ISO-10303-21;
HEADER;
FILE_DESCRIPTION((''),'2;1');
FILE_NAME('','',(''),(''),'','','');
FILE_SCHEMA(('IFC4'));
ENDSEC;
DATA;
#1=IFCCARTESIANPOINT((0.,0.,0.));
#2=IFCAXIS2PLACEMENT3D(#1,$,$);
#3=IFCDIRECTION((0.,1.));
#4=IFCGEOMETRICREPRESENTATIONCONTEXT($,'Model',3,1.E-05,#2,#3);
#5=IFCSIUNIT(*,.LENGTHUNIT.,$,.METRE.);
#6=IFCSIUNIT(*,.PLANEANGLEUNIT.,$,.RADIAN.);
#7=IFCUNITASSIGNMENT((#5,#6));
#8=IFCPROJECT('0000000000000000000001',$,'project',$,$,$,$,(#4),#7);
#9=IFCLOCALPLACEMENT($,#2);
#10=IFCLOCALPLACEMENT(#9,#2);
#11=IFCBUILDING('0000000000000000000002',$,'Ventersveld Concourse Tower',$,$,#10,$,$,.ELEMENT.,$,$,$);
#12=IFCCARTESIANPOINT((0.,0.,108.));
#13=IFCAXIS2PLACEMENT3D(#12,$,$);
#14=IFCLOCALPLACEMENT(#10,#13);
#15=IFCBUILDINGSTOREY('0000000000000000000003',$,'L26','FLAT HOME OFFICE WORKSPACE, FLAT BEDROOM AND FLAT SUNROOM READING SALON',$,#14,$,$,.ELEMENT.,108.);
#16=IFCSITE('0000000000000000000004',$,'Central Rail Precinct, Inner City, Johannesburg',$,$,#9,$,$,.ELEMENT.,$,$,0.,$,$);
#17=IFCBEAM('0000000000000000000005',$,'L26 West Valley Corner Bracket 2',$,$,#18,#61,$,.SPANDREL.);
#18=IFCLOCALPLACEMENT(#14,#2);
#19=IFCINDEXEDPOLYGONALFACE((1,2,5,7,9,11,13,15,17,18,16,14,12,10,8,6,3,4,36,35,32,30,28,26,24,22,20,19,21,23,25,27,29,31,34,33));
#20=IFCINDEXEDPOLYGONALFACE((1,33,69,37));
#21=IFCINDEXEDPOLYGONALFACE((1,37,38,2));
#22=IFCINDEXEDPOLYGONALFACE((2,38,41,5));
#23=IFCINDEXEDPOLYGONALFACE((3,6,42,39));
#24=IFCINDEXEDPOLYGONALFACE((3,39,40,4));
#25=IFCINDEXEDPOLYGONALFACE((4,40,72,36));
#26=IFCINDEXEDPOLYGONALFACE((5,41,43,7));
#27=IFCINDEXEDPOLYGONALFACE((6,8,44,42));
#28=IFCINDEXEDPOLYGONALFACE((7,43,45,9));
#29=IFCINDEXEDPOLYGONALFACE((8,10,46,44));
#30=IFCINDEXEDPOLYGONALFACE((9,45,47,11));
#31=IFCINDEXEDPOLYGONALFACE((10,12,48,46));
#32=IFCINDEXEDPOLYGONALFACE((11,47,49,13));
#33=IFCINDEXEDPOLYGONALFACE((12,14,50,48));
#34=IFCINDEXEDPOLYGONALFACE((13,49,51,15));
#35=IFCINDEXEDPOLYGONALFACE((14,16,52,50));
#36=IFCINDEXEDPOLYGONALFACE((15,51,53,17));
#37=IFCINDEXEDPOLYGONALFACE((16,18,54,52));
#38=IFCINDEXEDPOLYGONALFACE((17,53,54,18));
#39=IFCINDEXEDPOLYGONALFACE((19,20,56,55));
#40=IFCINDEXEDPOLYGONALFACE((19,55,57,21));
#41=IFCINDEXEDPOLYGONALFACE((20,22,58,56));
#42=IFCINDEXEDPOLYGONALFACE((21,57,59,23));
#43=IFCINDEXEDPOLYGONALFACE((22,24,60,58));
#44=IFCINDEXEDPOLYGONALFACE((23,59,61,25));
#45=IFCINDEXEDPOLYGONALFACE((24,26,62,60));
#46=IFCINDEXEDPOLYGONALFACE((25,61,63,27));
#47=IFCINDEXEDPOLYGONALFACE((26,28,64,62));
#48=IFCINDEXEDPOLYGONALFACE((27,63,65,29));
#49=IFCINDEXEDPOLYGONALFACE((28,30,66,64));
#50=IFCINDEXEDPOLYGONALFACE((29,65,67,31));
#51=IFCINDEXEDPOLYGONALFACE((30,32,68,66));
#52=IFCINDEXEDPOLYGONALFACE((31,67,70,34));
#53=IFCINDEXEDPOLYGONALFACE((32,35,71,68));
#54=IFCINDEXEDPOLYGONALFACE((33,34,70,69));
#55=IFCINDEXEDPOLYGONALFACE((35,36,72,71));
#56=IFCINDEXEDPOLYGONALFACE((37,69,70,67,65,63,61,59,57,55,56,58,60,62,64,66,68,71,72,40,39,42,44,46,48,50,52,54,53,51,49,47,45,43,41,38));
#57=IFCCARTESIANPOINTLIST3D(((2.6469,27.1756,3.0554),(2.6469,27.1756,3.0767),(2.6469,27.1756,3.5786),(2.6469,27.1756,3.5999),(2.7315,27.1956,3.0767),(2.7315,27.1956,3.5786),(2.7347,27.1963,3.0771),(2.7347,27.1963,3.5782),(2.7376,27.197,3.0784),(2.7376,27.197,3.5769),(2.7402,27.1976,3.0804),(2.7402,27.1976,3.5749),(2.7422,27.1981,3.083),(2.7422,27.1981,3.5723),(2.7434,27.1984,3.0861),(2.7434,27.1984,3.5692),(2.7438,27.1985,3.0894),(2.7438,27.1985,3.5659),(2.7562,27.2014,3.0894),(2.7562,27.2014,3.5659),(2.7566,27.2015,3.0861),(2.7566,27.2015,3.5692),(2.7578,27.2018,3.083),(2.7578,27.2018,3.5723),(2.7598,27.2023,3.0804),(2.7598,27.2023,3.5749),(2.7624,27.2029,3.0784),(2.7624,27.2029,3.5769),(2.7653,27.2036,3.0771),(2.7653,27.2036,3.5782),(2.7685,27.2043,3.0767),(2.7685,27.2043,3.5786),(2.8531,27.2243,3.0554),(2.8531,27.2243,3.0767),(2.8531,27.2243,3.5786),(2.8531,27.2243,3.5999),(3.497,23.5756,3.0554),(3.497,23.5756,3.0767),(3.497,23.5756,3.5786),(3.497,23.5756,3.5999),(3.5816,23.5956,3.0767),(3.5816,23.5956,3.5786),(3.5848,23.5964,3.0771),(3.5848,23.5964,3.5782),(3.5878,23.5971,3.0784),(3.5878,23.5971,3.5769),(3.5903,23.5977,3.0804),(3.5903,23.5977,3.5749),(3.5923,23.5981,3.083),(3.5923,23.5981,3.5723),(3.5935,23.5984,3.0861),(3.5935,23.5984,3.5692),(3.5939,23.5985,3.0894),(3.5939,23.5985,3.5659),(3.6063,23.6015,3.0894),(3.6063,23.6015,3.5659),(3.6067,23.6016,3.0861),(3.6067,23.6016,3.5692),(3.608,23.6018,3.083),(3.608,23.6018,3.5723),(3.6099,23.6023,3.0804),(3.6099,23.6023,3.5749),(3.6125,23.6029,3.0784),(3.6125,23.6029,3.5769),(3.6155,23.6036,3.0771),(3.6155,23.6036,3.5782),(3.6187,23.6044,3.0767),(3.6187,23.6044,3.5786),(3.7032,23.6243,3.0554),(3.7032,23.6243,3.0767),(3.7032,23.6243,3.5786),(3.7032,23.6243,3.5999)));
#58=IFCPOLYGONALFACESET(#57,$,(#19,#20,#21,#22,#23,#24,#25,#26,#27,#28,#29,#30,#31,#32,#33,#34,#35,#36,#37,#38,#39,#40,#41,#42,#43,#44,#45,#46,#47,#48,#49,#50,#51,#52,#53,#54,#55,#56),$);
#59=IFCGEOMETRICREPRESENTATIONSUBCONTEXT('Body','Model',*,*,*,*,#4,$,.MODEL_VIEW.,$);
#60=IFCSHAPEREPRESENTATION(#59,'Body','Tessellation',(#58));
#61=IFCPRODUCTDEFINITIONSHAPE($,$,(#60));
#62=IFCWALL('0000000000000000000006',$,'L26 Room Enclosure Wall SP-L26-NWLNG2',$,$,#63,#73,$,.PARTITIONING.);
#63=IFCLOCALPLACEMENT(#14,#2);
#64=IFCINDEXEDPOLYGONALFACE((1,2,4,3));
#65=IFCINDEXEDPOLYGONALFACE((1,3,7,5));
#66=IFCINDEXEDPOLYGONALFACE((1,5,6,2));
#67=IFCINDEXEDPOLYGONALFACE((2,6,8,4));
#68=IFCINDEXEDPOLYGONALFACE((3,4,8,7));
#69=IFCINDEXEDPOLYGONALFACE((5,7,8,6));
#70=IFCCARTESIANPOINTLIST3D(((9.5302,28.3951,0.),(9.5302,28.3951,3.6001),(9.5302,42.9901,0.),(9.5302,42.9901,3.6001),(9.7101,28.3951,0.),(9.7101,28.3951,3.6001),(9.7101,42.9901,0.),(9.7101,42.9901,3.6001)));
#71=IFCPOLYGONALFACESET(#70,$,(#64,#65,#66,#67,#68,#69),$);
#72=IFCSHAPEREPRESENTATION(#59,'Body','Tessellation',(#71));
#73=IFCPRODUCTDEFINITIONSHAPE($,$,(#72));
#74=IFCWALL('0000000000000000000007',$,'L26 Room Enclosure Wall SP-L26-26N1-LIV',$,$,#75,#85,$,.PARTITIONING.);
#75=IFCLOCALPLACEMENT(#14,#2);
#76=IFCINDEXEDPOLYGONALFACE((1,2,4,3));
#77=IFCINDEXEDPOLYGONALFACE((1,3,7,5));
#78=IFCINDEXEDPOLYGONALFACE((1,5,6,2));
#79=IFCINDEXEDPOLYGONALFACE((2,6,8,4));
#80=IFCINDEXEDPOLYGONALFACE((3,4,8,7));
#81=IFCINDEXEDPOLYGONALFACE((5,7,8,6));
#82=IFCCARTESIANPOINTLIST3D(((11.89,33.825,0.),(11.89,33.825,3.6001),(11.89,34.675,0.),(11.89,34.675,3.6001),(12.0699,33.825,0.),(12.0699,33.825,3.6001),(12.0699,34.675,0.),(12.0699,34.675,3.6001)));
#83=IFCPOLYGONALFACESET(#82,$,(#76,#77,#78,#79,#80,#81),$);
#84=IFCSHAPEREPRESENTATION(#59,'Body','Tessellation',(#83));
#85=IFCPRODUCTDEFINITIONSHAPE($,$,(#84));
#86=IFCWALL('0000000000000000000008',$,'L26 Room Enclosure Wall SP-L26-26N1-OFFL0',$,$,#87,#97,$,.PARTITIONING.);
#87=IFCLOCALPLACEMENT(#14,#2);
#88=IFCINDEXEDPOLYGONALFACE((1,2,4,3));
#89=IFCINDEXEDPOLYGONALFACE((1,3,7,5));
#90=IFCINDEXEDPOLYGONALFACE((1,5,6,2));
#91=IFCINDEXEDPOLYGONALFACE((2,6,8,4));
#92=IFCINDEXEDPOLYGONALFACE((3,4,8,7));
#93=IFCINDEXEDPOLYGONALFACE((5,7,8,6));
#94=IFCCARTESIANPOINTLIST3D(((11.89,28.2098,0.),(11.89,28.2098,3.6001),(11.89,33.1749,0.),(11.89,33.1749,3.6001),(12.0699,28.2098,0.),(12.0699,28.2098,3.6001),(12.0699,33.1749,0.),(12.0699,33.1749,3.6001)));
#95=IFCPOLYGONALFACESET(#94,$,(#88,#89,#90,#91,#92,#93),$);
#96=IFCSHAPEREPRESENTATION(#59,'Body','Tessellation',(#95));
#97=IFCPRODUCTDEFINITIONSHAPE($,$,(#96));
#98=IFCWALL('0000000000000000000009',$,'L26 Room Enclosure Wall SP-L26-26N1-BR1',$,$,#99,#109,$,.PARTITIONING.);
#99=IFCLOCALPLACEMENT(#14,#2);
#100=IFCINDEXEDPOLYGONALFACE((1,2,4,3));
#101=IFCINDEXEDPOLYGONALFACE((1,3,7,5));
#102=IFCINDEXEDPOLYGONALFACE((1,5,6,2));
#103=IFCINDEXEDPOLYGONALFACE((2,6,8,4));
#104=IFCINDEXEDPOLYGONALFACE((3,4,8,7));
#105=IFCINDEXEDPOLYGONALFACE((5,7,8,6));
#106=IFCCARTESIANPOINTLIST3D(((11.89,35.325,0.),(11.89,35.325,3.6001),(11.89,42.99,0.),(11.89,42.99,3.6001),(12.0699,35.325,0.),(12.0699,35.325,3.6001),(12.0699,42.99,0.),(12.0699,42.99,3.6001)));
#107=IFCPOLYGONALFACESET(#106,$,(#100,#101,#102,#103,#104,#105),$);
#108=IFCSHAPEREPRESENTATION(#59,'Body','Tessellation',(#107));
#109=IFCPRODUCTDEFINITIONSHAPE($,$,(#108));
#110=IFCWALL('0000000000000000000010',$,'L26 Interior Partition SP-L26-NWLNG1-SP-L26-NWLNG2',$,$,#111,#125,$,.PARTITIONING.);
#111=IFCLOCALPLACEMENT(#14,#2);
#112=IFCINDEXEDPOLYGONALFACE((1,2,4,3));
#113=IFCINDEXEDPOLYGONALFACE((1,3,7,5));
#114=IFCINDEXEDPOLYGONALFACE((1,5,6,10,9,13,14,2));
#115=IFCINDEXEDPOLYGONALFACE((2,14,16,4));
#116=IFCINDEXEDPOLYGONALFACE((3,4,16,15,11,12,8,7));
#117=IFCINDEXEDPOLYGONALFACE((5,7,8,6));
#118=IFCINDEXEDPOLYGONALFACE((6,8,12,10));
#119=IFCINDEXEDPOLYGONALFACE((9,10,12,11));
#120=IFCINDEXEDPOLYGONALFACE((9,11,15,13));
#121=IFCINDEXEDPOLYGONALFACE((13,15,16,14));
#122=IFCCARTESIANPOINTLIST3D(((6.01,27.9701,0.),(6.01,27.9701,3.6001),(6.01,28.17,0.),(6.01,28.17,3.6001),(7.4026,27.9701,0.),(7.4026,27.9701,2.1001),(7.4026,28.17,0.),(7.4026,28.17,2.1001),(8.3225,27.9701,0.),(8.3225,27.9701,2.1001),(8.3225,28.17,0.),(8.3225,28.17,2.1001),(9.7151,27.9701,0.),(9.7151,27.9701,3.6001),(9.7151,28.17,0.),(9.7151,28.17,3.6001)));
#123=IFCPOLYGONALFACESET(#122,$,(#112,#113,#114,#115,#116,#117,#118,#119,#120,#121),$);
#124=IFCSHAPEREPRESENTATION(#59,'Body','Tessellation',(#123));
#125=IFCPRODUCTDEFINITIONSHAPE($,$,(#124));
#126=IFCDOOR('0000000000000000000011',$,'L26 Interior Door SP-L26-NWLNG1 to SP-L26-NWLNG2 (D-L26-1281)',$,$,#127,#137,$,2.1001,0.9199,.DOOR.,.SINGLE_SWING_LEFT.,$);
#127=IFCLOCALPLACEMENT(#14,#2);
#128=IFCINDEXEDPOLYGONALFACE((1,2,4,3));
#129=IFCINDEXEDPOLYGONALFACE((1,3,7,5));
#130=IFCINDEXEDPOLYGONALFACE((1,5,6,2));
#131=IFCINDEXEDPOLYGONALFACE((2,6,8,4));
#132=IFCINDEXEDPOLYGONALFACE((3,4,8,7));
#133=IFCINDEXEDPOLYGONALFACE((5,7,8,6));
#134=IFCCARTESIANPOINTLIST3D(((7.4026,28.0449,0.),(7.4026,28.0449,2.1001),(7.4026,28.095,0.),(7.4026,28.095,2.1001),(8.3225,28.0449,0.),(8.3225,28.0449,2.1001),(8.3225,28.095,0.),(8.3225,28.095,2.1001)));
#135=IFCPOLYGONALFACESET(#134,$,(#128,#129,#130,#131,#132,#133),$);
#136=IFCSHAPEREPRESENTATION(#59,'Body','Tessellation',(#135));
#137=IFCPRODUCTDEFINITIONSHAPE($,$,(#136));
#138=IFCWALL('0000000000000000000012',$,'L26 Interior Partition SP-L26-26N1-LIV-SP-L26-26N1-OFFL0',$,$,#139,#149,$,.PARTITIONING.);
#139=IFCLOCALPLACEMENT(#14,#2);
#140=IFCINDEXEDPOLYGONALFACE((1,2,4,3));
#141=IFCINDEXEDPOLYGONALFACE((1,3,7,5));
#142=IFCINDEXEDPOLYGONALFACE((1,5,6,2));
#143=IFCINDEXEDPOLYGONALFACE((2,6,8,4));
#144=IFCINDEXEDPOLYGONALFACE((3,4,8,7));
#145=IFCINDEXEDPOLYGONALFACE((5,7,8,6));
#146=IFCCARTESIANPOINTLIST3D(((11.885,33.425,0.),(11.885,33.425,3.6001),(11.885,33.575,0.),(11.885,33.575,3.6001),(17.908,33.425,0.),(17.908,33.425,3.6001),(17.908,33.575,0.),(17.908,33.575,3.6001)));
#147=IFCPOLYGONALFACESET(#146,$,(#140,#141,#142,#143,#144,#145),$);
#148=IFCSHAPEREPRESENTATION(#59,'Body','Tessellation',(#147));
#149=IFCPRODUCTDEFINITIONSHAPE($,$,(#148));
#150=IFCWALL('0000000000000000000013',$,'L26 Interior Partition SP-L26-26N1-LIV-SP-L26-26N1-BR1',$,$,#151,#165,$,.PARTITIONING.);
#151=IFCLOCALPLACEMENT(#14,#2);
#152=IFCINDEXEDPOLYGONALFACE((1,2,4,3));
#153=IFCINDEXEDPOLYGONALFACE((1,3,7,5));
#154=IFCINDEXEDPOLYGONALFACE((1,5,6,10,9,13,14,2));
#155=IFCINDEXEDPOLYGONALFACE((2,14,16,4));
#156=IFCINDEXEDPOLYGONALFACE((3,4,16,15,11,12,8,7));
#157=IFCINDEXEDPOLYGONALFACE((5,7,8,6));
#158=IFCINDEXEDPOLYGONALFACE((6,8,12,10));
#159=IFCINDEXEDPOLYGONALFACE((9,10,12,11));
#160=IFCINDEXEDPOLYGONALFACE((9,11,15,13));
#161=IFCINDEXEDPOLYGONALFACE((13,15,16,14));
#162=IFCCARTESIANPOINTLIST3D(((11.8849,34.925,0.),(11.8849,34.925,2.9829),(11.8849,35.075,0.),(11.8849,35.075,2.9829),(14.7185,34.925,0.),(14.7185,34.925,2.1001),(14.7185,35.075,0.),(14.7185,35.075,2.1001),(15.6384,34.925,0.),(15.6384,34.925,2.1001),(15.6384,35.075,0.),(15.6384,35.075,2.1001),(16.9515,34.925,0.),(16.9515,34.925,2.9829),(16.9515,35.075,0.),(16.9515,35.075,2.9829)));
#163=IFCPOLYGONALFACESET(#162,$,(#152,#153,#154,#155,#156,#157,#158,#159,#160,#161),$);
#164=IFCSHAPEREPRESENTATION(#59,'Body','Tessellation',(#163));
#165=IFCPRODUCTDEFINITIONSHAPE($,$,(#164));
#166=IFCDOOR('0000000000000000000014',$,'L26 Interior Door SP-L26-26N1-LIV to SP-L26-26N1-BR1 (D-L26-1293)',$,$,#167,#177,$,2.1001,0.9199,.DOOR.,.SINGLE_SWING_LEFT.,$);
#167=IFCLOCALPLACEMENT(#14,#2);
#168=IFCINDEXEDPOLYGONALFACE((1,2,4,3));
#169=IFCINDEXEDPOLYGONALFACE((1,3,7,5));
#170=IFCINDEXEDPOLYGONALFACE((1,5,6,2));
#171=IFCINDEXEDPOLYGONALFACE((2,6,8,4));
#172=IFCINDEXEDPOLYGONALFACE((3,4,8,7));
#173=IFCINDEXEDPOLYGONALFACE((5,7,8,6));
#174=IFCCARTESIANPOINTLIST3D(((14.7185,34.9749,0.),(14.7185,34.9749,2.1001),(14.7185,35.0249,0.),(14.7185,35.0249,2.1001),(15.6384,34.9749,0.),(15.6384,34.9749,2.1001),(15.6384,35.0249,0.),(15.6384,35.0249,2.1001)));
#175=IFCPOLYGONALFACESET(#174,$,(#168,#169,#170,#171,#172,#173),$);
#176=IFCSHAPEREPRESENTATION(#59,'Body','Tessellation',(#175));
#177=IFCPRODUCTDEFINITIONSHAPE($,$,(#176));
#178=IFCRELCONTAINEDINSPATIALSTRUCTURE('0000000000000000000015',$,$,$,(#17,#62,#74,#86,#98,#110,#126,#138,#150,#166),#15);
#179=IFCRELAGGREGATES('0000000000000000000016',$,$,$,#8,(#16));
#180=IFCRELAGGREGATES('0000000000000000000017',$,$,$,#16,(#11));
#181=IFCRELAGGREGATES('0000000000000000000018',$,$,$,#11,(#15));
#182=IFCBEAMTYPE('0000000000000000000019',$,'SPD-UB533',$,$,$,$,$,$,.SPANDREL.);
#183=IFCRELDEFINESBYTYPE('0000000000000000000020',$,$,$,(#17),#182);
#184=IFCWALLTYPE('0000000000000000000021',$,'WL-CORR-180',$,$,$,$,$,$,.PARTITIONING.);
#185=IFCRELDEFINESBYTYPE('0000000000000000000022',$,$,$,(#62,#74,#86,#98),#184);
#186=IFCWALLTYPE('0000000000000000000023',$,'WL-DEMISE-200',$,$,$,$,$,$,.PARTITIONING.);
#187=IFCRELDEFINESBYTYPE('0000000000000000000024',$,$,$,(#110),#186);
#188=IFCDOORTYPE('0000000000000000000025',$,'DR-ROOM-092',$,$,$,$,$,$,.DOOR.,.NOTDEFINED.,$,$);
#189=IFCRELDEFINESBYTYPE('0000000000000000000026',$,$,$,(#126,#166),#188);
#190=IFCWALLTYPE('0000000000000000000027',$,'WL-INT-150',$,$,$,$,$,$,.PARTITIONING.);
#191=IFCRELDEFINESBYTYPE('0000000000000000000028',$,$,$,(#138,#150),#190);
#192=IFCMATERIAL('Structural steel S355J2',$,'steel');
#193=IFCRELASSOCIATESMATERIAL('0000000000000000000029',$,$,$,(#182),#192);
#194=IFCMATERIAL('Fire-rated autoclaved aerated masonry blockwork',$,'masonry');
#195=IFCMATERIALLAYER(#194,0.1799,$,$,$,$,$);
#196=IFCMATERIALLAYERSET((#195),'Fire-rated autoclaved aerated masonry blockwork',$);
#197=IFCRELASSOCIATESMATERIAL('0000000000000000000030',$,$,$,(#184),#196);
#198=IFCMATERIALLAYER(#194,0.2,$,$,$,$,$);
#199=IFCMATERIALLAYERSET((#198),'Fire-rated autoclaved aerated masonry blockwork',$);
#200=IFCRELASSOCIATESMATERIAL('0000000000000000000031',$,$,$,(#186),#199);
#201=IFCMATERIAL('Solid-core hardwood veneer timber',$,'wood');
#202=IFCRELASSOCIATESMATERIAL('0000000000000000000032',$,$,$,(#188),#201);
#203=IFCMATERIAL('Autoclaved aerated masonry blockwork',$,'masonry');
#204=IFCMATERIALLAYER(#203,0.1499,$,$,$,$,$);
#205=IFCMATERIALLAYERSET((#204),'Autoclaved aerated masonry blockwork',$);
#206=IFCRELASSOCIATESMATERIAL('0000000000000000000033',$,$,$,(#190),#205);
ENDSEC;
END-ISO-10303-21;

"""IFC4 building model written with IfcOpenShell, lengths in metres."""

from ifc_helpers import new_model, si_unit, direction, frame, frame_2d, origin, origin_2d, place, context, subcontext, project, spatial, rectangle, i_section, extrude, material, layer, layer_set, material_profile, profile_set, type_object, element, fill, save


model = new_model("IFC4")

# Units and contexts
model_context = context("Model", 3, precision=1e-05, world=origin(), true_north=direction((0.0, 1.0)))
body_context = subcontext(model_context, "Body", "Model", "MODEL_VIEW")
ifc_project = project(units=[si_unit("LENGTHUNIT", "METRE"), si_unit("PLANEANGLEUNIT", "RADIAN")], contexts=[model_context])

# Site, building, storey
site_placement = place(None, origin())
site = spatial("IfcSite", under=ifc_project, at=site_placement, Name="Central Rail Precinct, Inner City, Johannesburg", CompositionType="ELEMENT", RefElevation=0.0)
building_placement = place(site_placement, origin())
building = spatial("IfcBuilding", under=site, at=building_placement, Name="Ventersveld Concourse Tower", CompositionType="ELEMENT")
storey_placement = place(building_placement, frame((0.0, 0.0, 108.0)))
storey = spatial("IfcBuildingStorey", under=building, at=storey_placement, Name="L26", Description="FLAT HOME OFFICE WORKSPACE, FLAT BEDROOM AND FLAT SUNROOM READING SALON", CompositionType="ELEMENT", Elevation=108.0)

# Beam
ifc_material_1 = material(Name="Structural steel S355J2", Category="steel")
ifc_material_profile_1 = material_profile(ifc_material_1, i_section(OverallWidth=0.2119, OverallDepth=0.5444, WebThickness=0.0127, FlangeThickness=0.0212, FilletRadius=0.0127, at=origin_2d()), Name="UB 533x210x122")
ifc_profile_set_1 = profile_set([ifc_material_profile_1], Name="Structural steel S355J2")
beam_type_1 = type_object("IfcBeamType", Name="SPD-UB533", PredefinedType="SPANDREL", material=ifc_profile_set_1)
beam_1_placement = place(storey_placement, frame((2.75, 27.2, 3.3276), z_axis=(0.229827, -0.973232, 0.0), x_axis=(0.973232, 0.229827, 0.0)))
element("IfcBeam", 1, at=beam_1_placement, inside=storey, type_object=beam_type_1, Name="L26 West Valley Corner Bracket 2", PredefinedType="SPANDREL", context=body_context, shape_type="SweptSolid", body=[
    extrude(i_section(OverallWidth=0.2119, OverallDepth=0.5444, WebThickness=0.0127, FlangeThickness=0.0212, FilletRadius=0.0127, at=origin_2d()), origin(), (0.0, 0.0, 1.0), 3.699),
])

# Walls
ifc_material_2 = material(Name="Fire-rated autoclaved aerated masonry blockwork", Category="masonry")
ifc_layer_1 = layer(ifc_material_2, 0.1799)
ifc_layer_set_1 = layer_set([ifc_layer_1], Name="Fire-rated autoclaved aerated masonry blockwork")
wall_type_1 = type_object("IfcWallType", Name="WL-CORR-180", PredefinedType="PARTITIONING", material=ifc_layer_set_1)
wall_1_placement = place(storey_placement, frame((9.6201, 42.99, 0.0), z_axis=(0.0, 0.0, 1.0), x_axis=(0.0, -1.0, 0.0)))
element("IfcWall", 2, at=wall_1_placement, inside=storey, type_object=wall_type_1, Name="L26 Room Enclosure Wall SP-L26-NWLNG2", PredefinedType="PARTITIONING", context=body_context, shape_type="SweptSolid", body=[
    extrude(rectangle(XDim=14.595, YDim=0.1799, at=frame_2d((7.2974, 0.0))), origin(), (0.0, 0.0, 1.0), 3.6001),
])
wall_2_placement = place(storey_placement, frame((11.98, 33.825, 0.0), z_axis=(0.0, 0.0, 1.0), x_axis=(0.0, 1.0, 0.0)))
element("IfcWall", 3, at=wall_2_placement, inside=storey, type_object=wall_type_1, Name="L26 Room Enclosure Wall SP-L26-26N1-LIV", PredefinedType="PARTITIONING", context=body_context, shape_type="SweptSolid", body=[
    extrude(rectangle(XDim=0.8501, YDim=0.1799, at=frame_2d((0.425, 0.0))), origin(), (0.0, 0.0, 1.0), 3.6001),
])
wall_3_placement = place(storey_placement, frame((11.98, 28.21, 0.0), z_axis=(0.0, 0.0, 1.0), x_axis=(0.0, 1.0, 0.0)))
element("IfcWall", 4, at=wall_3_placement, inside=storey, type_object=wall_type_1, Name="L26 Room Enclosure Wall SP-L26-26N1-OFFL0", PredefinedType="PARTITIONING", context=body_context, shape_type="SweptSolid", body=[
    extrude(rectangle(XDim=4.9651, YDim=0.1799, at=frame_2d((2.4824, 0.0))), origin(), (0.0, 0.0, 1.0), 3.6001),
])
wall_4_placement = place(storey_placement, frame((11.98, 35.325, 0.0), z_axis=(0.0, 0.0, 1.0), x_axis=(0.0, 1.0, 0.0)))
element("IfcWall", 5, at=wall_4_placement, inside=storey, type_object=wall_type_1, Name="L26 Room Enclosure Wall SP-L26-26N1-BR1", PredefinedType="PARTITIONING", context=body_context, shape_type="SweptSolid", body=[
    extrude(rectangle(XDim=7.665, YDim=0.1799, at=frame_2d((3.8325, 0.0))), origin(), (0.0, 0.0, 1.0), 3.6001),
])

# Wall, opening, door
ifc_layer_2 = layer(ifc_material_2, 0.2)
ifc_layer_set_2 = layer_set([ifc_layer_2], Name="Fire-rated autoclaved aerated masonry blockwork")
wall_type_2 = type_object("IfcWallType", Name="WL-DEMISE-200", PredefinedType="PARTITIONING", material=ifc_layer_set_2)
wall_5_placement = place(storey_placement, frame((6.01, 28.0701, 0.0), z_axis=(0.0, 0.0, 1.0), x_axis=(1.0, 0.0, 0.0)))
wall_5 = element("IfcWall", 6, at=wall_5_placement, inside=storey, type_object=wall_type_2, Name="L26 Interior Partition SP-L26-NWLNG1-SP-L26-NWLNG2", PredefinedType="PARTITIONING", context=body_context, shape_type="SweptSolid", body=[
    extrude(rectangle(XDim=3.7051, YDim=0.2, at=frame_2d((1.8525, 0.0))), origin(), (0.0, 0.0, 1.0), 3.6001),
])
opening_1_placement = place(wall_5_placement, frame((1.3926, 0.0, 0.0)))
opening_1 = element("IfcOpeningElement", 7, at=opening_1_placement, cuts=wall_5, PredefinedType="OPENING", context=body_context, shape_type="SweptSolid", body=[
    extrude(rectangle(XDim=0.9199, YDim=2.1001, at=frame_2d((0.46, 1.05))), frame((0.0, 0.1099, 0.0), z_axis=(0.0, -1.0, 0.0), x_axis=(1.0, 0.0, 0.0)), (0.0, 0.0, 1.0), 0.22),
])
ifc_material_3 = material(Name="Solid-core hardwood veneer timber", Category="wood")
door_type_1 = type_object("IfcDoorType", Name="DR-ROOM-092", OperationType="NOTDEFINED", PredefinedType="DOOR", material=ifc_material_3)
door_1_placement = place(opening_1_placement, origin())
door_1 = element("IfcDoor", 8, at=door_1_placement, inside=storey, type_object=door_type_1, Name="L26 Interior Door SP-L26-NWLNG1 to SP-L26-NWLNG2 (D-L26-1281)", OperationType="SINGLE_SWING_LEFT", OverallHeight=2.1001, OverallWidth=0.9199, PredefinedType="DOOR", context=body_context, shape_type="SweptSolid", body=[
    extrude(rectangle(XDim=0.9199, YDim=2.1001, at=frame_2d((0.46, 1.05))), frame((0.0, 0.0249, 0.0), z_axis=(0.0, -1.0, 0.0), x_axis=(1.0, 0.0, 0.0)), (0.0, 0.0, 1.0), 0.05),
])
fill(opening_1, door_1)

# Wall
ifc_material_4 = material(Name="Autoclaved aerated masonry blockwork", Category="masonry")
ifc_layer_3 = layer(ifc_material_4, 0.1499)
ifc_layer_set_3 = layer_set([ifc_layer_3], Name="Autoclaved aerated masonry blockwork")
wall_type_3 = type_object("IfcWallType", Name="WL-INT-150", PredefinedType="PARTITIONING", material=ifc_layer_set_3)
wall_6_placement = place(storey_placement, frame((11.885, 33.5, 0.0), z_axis=(0.0, 0.0, 1.0), x_axis=(1.0, 0.0, 0.0)))
element("IfcWall", 9, at=wall_6_placement, inside=storey, type_object=wall_type_3, Name="L26 Interior Partition SP-L26-26N1-LIV-SP-L26-26N1-OFFL0", PredefinedType="PARTITIONING", context=body_context, shape_type="SweptSolid", body=[
    extrude(rectangle(XDim=6.0229, YDim=0.1499, at=frame_2d((3.0115, 0.0))), origin(), (0.0, 0.0, 1.0), 3.6001),
])

# Wall, opening, door
wall_7_placement = place(storey_placement, frame((11.885, 35.0, 0.0), z_axis=(0.0, 0.0, 1.0), x_axis=(1.0, 0.0, 0.0)))
wall_7 = element("IfcWall", 10, at=wall_7_placement, inside=storey, type_object=wall_type_3, Name="L26 Interior Partition SP-L26-26N1-LIV-SP-L26-26N1-BR1", PredefinedType="PARTITIONING", context=body_context, shape_type="SweptSolid", body=[
    extrude(rectangle(XDim=5.0667, YDim=0.1499, at=frame_2d((2.5332, 0.0))), origin(), (0.0, 0.0, 1.0), 2.9829),
])
opening_2_placement = place(wall_7_placement, frame((2.8335, 0.0, 0.0)))
opening_2 = element("IfcOpeningElement", 11, at=opening_2_placement, cuts=wall_7, PredefinedType="OPENING", context=body_context, shape_type="SweptSolid", body=[
    extrude(rectangle(XDim=0.9199, YDim=2.1001, at=frame_2d((0.46, 1.05))), frame((0.0, 0.085, 0.0), z_axis=(0.0, -1.0, 0.0), x_axis=(1.0, 0.0, 0.0)), (0.0, 0.0, 1.0), 0.1699),
])
door_2_placement = place(opening_2_placement, origin())
door_2 = element("IfcDoor", 12, at=door_2_placement, inside=storey, type_object=door_type_1, Name="L26 Interior Door SP-L26-26N1-LIV to SP-L26-26N1-BR1 (D-L26-1293)", OperationType="SINGLE_SWING_LEFT", OverallHeight=2.1001, OverallWidth=0.9199, PredefinedType="DOOR", context=body_context, shape_type="SweptSolid", body=[
    extrude(rectangle(XDim=0.9199, YDim=2.1001, at=frame_2d((0.46, 1.05))), frame((0.0, 0.0249, 0.0), z_axis=(0.0, -1.0, 0.0), x_axis=(1.0, 0.0, 0.0)), (0.0, 0.0, 1.0), 0.05),
])
fill(opening_2, door_2)

save(model, "model.ifc")
